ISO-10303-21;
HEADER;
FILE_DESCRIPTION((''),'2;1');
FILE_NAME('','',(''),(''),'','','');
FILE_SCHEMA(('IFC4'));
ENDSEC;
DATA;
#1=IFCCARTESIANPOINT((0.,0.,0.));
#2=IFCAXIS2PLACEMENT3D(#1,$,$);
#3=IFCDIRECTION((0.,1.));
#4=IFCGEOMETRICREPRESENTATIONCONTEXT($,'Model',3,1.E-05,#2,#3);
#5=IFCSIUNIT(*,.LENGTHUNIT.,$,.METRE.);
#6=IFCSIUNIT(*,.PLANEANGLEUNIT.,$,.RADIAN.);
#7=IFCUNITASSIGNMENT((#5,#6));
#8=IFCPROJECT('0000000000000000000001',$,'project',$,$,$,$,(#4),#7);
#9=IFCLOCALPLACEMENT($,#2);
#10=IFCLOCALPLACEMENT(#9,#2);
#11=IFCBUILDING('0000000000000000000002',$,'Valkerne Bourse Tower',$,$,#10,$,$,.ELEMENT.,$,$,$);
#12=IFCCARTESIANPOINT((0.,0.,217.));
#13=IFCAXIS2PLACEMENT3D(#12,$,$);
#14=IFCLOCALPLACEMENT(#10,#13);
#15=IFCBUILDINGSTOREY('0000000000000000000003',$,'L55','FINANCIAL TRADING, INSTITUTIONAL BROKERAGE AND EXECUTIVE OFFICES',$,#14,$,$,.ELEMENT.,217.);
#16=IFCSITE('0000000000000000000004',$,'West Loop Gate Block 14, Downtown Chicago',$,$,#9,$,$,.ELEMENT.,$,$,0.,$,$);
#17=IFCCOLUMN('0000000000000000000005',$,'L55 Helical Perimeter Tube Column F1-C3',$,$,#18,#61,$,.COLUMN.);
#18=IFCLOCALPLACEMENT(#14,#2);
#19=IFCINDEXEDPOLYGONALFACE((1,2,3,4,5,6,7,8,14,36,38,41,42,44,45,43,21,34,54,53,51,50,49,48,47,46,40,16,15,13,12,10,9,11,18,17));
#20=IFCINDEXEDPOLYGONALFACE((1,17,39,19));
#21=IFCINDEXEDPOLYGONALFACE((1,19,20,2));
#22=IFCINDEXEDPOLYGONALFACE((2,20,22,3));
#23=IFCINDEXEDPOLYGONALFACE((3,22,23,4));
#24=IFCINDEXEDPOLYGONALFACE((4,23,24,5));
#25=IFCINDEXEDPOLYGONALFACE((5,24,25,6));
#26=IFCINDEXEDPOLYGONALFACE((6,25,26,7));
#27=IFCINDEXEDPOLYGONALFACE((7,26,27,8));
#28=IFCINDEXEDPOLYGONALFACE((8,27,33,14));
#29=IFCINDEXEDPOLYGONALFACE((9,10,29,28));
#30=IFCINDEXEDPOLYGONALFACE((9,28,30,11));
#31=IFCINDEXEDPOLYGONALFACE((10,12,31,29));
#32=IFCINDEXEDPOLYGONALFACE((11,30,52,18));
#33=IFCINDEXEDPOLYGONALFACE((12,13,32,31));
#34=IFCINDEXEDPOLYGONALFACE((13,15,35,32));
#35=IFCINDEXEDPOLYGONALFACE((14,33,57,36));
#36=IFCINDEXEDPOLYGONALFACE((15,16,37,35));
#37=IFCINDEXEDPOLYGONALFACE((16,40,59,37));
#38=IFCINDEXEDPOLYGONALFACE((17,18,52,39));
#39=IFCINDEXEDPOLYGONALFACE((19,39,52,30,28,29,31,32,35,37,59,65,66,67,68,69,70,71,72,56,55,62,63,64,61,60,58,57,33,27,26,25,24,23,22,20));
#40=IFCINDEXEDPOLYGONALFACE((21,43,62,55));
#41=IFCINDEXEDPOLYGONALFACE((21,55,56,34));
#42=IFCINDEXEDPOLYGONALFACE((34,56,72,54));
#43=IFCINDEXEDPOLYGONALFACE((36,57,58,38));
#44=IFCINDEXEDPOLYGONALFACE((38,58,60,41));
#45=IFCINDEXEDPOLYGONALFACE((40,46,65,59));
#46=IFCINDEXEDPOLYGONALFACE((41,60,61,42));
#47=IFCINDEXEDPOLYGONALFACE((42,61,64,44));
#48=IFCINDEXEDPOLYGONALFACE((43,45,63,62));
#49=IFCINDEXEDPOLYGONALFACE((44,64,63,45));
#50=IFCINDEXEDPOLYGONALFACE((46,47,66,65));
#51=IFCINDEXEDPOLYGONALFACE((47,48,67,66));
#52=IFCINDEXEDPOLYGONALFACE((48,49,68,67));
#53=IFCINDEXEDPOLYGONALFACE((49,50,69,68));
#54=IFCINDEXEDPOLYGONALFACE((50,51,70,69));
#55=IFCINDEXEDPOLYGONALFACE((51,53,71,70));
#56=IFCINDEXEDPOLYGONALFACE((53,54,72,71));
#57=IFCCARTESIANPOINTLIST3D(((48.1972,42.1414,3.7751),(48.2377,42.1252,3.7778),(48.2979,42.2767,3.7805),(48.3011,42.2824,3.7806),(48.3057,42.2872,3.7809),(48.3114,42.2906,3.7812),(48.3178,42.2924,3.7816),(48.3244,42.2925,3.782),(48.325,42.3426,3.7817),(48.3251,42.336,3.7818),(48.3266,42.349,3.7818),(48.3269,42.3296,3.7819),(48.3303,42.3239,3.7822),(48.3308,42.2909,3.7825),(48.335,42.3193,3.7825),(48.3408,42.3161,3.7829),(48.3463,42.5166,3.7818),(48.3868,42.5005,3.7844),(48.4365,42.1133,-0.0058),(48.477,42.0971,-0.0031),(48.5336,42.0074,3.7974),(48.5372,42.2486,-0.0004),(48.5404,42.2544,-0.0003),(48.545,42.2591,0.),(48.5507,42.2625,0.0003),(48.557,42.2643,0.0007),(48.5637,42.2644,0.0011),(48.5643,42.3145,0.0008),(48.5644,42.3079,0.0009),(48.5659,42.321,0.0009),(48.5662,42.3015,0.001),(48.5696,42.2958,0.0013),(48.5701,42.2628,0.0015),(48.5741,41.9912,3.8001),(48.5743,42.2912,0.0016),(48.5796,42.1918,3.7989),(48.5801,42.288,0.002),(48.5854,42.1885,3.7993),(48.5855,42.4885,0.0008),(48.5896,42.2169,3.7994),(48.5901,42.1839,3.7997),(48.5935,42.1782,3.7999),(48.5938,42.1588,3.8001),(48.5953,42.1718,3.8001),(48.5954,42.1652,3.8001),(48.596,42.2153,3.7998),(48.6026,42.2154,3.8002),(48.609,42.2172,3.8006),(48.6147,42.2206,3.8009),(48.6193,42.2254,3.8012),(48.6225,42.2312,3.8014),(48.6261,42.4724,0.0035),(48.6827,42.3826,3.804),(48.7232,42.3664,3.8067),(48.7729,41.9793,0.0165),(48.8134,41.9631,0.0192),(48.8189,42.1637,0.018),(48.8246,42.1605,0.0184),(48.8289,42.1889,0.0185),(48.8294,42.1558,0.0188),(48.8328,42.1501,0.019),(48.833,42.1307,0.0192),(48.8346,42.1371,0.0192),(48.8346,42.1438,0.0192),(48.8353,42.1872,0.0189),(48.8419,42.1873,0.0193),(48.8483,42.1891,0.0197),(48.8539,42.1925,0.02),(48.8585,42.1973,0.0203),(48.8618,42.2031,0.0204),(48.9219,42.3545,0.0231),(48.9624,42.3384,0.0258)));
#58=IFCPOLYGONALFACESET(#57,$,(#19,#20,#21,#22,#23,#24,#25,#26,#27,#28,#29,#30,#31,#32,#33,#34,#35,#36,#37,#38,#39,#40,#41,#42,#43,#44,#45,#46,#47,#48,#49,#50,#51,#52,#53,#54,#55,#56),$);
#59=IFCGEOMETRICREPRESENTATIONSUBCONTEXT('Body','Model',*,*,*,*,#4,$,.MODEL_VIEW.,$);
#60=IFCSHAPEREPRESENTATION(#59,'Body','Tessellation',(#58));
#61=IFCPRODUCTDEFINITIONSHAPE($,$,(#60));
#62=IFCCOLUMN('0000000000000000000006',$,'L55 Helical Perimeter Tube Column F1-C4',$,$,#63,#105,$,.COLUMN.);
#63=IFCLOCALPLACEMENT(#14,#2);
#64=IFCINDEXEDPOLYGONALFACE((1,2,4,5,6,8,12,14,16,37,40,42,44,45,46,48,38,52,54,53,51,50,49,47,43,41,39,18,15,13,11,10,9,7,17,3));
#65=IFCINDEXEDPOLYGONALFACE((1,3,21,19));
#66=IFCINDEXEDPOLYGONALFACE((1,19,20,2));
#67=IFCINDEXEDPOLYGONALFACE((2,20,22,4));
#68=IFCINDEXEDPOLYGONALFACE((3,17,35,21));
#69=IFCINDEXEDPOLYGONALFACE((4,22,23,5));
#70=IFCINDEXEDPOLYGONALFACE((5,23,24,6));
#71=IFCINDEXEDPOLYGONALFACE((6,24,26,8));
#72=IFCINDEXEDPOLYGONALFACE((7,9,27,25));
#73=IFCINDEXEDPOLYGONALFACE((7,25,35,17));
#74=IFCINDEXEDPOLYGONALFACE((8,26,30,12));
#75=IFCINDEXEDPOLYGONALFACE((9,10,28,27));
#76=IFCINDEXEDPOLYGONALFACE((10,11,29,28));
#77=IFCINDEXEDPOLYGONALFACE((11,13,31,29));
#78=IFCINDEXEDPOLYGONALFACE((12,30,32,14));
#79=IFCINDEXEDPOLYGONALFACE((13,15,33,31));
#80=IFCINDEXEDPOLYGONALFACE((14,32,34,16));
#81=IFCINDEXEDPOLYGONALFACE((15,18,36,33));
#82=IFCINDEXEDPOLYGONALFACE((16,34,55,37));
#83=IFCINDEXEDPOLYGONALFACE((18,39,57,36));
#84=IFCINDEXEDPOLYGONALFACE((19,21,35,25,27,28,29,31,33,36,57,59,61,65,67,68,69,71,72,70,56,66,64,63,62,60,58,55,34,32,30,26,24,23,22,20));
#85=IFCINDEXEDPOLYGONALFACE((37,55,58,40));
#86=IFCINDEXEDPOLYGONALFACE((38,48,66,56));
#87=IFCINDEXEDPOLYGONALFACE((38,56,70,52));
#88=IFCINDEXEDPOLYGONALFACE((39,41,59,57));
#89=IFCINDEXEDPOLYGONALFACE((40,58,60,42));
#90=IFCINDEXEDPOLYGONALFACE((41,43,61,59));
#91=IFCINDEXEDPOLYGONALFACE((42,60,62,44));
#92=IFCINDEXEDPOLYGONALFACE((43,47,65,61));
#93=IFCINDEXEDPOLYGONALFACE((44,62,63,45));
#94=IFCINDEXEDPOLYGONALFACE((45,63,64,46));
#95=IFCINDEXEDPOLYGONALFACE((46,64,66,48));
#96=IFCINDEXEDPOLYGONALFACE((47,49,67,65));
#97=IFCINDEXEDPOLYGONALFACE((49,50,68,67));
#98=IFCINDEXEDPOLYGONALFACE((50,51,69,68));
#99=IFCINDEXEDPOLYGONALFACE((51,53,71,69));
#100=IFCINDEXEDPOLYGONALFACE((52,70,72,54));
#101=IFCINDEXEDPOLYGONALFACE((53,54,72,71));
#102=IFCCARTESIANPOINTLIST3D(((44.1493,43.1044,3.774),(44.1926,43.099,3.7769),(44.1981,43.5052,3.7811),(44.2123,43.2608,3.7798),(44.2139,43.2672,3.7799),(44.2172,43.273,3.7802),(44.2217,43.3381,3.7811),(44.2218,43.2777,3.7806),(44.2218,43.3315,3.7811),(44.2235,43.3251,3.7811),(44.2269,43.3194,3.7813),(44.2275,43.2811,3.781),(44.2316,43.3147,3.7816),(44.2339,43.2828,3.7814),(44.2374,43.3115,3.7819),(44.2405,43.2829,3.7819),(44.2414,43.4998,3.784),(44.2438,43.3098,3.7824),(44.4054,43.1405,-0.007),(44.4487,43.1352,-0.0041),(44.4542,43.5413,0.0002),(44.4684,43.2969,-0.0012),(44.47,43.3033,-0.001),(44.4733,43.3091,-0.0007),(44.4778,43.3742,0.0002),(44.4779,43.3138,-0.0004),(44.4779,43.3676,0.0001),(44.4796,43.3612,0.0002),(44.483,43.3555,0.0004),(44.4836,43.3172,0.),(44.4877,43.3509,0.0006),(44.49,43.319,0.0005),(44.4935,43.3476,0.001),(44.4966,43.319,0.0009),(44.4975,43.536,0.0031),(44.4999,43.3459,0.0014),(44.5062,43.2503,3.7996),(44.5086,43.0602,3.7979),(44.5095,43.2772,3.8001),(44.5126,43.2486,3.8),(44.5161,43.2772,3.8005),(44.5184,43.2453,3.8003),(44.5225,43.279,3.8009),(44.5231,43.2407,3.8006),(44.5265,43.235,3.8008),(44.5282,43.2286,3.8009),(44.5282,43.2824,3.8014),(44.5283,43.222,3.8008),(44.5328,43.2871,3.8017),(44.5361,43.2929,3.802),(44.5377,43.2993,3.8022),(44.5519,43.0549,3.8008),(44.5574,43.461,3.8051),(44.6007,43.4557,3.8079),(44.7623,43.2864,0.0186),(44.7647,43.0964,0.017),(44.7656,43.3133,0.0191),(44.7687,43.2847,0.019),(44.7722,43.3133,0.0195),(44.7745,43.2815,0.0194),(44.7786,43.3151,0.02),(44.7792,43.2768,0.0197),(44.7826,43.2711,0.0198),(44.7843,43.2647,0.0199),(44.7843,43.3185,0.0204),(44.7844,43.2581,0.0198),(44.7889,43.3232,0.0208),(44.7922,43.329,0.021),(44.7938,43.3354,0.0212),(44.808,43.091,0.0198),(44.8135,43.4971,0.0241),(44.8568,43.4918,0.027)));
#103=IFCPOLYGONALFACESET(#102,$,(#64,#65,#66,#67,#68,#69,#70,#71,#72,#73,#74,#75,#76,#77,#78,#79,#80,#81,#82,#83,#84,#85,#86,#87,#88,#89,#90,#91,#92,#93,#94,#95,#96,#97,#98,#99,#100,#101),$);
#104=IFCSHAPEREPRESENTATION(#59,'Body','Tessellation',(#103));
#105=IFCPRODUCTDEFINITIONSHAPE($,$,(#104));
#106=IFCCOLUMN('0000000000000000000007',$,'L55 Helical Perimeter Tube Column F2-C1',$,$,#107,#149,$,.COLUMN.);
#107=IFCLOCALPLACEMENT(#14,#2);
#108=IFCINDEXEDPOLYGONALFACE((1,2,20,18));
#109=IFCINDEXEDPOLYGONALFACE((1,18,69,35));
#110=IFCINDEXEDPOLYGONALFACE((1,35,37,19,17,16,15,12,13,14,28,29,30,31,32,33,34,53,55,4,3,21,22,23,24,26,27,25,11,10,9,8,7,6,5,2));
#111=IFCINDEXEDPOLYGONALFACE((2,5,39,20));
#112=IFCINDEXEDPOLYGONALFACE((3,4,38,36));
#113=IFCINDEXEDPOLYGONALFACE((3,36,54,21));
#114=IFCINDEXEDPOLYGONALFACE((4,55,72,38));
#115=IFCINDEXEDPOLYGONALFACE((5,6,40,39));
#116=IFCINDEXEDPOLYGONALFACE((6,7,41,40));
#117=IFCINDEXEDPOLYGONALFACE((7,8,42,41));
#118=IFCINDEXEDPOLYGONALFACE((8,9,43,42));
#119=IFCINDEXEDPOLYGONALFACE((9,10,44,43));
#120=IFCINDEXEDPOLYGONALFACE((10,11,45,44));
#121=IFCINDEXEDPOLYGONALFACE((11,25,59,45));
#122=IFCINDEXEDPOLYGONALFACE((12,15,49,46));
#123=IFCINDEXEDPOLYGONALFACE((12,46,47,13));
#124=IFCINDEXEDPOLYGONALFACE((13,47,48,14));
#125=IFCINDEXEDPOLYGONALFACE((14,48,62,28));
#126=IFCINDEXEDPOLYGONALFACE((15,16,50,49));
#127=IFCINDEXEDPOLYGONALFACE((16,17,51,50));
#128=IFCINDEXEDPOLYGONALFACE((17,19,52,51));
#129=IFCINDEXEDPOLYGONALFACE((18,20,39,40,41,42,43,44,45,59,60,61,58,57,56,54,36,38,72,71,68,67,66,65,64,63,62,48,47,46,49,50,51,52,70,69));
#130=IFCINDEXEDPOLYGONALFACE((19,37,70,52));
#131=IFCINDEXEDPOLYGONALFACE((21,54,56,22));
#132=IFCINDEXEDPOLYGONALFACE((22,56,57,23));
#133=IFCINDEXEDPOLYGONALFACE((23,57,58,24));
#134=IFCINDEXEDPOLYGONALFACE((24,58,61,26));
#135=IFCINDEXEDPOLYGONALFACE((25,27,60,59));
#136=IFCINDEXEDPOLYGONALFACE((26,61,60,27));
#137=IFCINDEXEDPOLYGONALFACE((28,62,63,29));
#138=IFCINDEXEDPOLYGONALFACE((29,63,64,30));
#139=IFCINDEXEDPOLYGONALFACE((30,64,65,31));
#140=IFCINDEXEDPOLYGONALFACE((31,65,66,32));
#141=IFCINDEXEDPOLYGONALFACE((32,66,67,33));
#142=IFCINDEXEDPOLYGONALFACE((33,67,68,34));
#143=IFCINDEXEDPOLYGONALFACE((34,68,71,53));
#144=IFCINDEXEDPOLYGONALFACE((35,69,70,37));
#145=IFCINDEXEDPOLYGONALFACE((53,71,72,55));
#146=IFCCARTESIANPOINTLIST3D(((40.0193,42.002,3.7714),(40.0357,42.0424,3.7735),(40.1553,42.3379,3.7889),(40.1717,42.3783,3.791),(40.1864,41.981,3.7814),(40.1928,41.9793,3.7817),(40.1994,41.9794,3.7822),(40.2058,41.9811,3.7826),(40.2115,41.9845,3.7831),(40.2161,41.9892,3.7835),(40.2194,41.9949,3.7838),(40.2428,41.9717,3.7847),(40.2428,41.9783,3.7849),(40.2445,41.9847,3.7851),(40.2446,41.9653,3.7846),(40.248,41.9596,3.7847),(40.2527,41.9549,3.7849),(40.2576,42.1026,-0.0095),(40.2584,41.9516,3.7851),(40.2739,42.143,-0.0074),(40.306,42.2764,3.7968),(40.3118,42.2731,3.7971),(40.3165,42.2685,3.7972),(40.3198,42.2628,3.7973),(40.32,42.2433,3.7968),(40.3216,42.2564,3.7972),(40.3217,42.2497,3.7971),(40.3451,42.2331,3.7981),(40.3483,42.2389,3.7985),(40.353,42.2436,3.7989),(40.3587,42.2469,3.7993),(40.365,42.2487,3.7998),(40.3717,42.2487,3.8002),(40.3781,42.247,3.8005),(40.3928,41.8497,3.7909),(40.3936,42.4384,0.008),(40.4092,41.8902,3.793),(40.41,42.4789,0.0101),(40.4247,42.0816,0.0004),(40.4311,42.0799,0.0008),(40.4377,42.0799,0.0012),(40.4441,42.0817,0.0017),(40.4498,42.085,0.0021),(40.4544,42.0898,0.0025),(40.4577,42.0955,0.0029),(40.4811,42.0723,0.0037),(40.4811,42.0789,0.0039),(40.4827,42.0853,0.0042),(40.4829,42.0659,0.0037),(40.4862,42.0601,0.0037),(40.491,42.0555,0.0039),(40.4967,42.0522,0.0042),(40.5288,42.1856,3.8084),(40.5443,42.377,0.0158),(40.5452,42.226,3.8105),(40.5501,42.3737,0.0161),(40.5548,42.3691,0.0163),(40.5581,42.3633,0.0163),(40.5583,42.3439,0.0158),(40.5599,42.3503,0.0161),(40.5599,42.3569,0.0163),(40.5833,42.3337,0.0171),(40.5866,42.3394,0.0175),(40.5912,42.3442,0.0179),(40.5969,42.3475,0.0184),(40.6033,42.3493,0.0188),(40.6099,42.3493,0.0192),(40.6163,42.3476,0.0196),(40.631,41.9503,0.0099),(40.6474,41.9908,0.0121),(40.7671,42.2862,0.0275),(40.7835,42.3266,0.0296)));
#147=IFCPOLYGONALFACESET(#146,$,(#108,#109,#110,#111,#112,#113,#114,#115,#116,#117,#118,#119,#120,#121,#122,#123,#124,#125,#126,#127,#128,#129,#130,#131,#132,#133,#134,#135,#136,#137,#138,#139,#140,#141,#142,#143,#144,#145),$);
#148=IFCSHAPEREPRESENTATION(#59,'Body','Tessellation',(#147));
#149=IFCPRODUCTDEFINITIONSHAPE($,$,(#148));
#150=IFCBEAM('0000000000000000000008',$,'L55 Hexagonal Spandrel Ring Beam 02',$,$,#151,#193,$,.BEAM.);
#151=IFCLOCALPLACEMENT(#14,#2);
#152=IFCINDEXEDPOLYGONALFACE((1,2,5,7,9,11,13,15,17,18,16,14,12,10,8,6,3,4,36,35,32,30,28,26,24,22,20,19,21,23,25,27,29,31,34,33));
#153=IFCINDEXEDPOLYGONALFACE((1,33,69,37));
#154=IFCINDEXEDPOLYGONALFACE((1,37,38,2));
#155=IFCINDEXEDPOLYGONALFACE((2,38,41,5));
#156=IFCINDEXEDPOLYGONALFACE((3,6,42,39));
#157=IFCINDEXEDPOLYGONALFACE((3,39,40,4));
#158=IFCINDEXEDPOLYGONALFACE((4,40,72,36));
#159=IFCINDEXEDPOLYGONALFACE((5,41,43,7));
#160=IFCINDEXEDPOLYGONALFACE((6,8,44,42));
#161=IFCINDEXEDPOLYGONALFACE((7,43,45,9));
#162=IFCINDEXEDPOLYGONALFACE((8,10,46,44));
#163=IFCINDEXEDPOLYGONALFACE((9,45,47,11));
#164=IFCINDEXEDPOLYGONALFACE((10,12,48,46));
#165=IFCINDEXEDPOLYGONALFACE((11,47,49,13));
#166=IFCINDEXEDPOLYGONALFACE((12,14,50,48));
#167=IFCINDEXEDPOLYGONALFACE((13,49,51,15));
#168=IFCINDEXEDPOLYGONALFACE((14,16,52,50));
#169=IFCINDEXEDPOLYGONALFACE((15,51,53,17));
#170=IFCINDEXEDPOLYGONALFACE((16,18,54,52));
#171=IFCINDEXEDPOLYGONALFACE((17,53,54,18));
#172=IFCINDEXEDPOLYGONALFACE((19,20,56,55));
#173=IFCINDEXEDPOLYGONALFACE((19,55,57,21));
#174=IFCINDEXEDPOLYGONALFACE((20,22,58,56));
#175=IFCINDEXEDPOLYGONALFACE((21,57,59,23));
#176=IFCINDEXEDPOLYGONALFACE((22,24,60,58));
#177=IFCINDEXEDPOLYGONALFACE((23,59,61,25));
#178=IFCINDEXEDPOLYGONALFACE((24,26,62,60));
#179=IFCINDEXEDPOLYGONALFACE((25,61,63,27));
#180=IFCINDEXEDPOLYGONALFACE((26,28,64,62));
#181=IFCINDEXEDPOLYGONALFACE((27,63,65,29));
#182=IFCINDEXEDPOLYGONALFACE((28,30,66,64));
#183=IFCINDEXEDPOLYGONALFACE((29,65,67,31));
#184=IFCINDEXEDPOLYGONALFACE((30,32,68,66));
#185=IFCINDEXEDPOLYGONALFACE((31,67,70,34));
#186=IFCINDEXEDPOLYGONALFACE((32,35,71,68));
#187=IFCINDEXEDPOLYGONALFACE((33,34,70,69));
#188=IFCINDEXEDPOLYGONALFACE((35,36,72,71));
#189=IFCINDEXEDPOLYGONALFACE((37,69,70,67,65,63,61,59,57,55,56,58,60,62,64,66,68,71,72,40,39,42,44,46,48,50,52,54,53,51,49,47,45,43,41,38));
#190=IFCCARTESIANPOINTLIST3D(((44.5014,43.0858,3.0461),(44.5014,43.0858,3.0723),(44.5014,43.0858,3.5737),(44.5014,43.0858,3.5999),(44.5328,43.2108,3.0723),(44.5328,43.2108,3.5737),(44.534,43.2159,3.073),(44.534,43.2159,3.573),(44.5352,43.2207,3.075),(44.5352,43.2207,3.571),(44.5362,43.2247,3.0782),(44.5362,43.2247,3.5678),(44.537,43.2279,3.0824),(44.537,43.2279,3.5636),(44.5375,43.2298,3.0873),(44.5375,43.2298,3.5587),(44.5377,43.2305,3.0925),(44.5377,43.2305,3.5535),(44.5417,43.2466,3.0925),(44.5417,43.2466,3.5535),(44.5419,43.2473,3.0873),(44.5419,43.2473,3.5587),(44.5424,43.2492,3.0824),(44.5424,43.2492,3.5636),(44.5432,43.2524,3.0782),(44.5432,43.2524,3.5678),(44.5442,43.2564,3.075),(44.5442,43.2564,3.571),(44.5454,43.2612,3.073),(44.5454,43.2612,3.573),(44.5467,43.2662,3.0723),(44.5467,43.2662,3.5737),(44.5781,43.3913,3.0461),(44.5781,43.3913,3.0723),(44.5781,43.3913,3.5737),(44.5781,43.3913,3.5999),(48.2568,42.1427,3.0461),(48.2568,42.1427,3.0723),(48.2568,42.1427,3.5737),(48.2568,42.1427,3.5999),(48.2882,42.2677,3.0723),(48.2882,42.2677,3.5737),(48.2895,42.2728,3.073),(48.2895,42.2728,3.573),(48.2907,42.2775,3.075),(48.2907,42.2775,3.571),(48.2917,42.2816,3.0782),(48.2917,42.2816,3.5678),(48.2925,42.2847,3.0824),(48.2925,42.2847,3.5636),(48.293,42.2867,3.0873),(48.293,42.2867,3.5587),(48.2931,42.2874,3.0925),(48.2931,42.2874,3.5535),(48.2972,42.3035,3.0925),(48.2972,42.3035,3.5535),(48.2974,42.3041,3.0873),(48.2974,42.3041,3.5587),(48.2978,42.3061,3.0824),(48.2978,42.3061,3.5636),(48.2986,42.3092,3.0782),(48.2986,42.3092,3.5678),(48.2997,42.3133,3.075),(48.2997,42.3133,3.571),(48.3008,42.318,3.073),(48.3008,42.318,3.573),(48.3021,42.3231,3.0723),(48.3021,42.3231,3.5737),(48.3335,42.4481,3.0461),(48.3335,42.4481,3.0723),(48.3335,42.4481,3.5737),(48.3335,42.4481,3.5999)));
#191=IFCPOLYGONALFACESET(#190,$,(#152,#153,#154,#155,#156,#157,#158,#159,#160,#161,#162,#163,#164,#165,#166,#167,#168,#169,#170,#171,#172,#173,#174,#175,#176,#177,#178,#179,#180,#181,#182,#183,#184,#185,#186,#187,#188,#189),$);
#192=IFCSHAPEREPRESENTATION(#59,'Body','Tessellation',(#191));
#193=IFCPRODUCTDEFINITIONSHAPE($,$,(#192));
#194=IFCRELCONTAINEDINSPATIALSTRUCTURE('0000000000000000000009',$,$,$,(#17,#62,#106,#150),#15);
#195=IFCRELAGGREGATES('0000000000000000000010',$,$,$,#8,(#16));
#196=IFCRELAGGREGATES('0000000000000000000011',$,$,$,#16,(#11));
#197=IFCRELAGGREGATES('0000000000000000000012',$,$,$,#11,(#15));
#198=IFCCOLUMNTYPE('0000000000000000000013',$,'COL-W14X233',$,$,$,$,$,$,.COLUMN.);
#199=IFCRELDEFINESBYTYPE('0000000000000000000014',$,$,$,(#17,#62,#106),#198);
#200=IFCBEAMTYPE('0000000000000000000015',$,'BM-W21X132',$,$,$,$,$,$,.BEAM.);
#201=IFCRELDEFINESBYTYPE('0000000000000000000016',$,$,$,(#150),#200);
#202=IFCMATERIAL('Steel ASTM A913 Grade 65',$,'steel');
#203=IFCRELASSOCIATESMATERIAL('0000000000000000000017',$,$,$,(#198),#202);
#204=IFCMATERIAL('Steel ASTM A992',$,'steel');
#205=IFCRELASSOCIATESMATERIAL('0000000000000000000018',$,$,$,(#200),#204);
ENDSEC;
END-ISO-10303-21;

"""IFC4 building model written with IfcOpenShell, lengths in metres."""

from ifc_helpers import new_model, si_unit, direction, frame, origin, origin_2d, place, context, subcontext, project, spatial, i_section, extrude, material, material_profile, profile_set, type_object, element, save


model = new_model("IFC4")

# Units and contexts
model_context = context("Model", 3, precision=1e-05, world=origin(), true_north=direction((0.0, 1.0)))
body_context = subcontext(model_context, "Body", "Model", "MODEL_VIEW")
ifc_project = project(units=[si_unit("LENGTHUNIT", "METRE"), si_unit("PLANEANGLEUNIT", "RADIAN")], contexts=[model_context])

# Site, building, storey
site_placement = place(None, origin())
site = spatial("IfcSite", under=ifc_project, at=site_placement, Name="West Loop Gate Block 14, Downtown Chicago", CompositionType="ELEMENT", RefElevation=0.0)
building_placement = place(site_placement, origin())
building = spatial("IfcBuilding", under=site, at=building_placement, Name="Valkerne Bourse Tower", CompositionType="ELEMENT")
storey_placement = place(building_placement, frame((0.0, 0.0, 217.0)))
storey = spatial("IfcBuildingStorey", under=building, at=storey_placement, Name="L55", Description="FINANCIAL TRADING, INSTITUTIONAL BROKERAGE AND EXECUTIVE OFFICES", CompositionType="ELEMENT", Elevation=217.0)

# Columns
ifc_material_1 = material(Name="Steel ASTM A913 Grade 65", Category="steel")
ifc_material_profile_1 = material_profile(ifc_material_1, i_section(OverallWidth=0.4038, OverallDepth=0.4065, WebThickness=0.0271, FlangeThickness=0.0437, FilletRadius=0.0254, at=origin_2d()), Name="W14X233")
ifc_profile_set_1 = profile_set([ifc_material_profile_1], Name="Steel ASTM A913 Grade 65")
column_type = type_object("IfcColumnType", Name="COL-W14X233", PredefinedType="COLUMN", material=ifc_profile_set_1)
column_placement = place(storey_placement, frame((48.6995, 42.2258, 0.01), z_axis=(-0.063151, 0.007411, 0.997976), x_axis=(0.369111, 0.92924, 0.016457)))
element("IfcColumn", 1, at=column_placement, inside=storey, type_object=column_type, Name="L55 Helical Perimeter Tube Column F1-C3", PredefinedType="COLUMN", context=body_context, shape_type="SweptSolid", body=[
    extrude(i_section(OverallWidth=0.4038, OverallDepth=0.4065, WebThickness=0.0271, FlangeThickness=0.0437, FilletRadius=0.0254, at=origin_2d()), origin(), (0.0, 0.0, 1.0), 3.7886),
])
for number, where, z_axis, x_axis, name in (
    (2, (44.6311, 43.3162, 0.01), (-0.067576, -0.009534, 0.997669), (0.120741, 0.992527, 0.017663), "L55 Helical Perimeter Tube Column F1-C4"),
    (3, (40.5205, 42.2146, 0.01), (-0.062874, -0.026541, 0.997669), (-0.924919, 0.37709, -0.048257), "L55 Helical Perimeter Tube Column F2-C1"),
):
    element("IfcColumn", number, at=place(storey_placement, frame(where, z_axis=z_axis, x_axis=x_axis)), inside=storey, type_object=column_type, Name=name, PredefinedType="COLUMN", context=body_context, shape_type="SweptSolid", body=[
        extrude(i_section(OverallWidth=0.4038, OverallDepth=0.4065, WebThickness=0.0271, FlangeThickness=0.0437, FilletRadius=0.0254, at=origin_2d()), origin(), (0.0, 0.0, 1.0), 3.7898),
    ])

# Beam
ifc_material_2 = material(Name="Steel ASTM A992", Category="steel")
ifc_material_profile_2 = material_profile(ifc_material_2, i_section(OverallWidth=0.3149, OverallDepth=0.5537, WebThickness=0.0166, FlangeThickness=0.0261, FilletRadius=0.0203, at=origin_2d()), Name="W21X132")
ifc_profile_set_2 = profile_set([ifc_material_profile_2], Name="Steel ASTM A992")
beam_type_1 = type_object("IfcBeamType", Name="BM-W21X132", PredefinedType="BEAM", material=ifc_profile_set_2)
beam_1_placement = place(storey_placement, frame((48.2952, 42.2954, 3.323), z_axis=(-0.969882, 0.243574, 0.0), x_axis=(-0.243574, -0.969882, 0.0)))
element("IfcBeam", 4, at=beam_1_placement, inside=storey, type_object=beam_type_1, Name="L55 Hexagonal Spandrel Ring Beam 02", PredefinedType="BEAM", context=body_context, shape_type="SweptSolid", body=[
    extrude(i_section(OverallWidth=0.3149, OverallDepth=0.5537, WebThickness=0.0166, FlangeThickness=0.0261, FilletRadius=0.0203, at=origin_2d()), origin(), (0.0, 0.0, 1.0), 3.8721),
])

save(model, "model.ifc")
